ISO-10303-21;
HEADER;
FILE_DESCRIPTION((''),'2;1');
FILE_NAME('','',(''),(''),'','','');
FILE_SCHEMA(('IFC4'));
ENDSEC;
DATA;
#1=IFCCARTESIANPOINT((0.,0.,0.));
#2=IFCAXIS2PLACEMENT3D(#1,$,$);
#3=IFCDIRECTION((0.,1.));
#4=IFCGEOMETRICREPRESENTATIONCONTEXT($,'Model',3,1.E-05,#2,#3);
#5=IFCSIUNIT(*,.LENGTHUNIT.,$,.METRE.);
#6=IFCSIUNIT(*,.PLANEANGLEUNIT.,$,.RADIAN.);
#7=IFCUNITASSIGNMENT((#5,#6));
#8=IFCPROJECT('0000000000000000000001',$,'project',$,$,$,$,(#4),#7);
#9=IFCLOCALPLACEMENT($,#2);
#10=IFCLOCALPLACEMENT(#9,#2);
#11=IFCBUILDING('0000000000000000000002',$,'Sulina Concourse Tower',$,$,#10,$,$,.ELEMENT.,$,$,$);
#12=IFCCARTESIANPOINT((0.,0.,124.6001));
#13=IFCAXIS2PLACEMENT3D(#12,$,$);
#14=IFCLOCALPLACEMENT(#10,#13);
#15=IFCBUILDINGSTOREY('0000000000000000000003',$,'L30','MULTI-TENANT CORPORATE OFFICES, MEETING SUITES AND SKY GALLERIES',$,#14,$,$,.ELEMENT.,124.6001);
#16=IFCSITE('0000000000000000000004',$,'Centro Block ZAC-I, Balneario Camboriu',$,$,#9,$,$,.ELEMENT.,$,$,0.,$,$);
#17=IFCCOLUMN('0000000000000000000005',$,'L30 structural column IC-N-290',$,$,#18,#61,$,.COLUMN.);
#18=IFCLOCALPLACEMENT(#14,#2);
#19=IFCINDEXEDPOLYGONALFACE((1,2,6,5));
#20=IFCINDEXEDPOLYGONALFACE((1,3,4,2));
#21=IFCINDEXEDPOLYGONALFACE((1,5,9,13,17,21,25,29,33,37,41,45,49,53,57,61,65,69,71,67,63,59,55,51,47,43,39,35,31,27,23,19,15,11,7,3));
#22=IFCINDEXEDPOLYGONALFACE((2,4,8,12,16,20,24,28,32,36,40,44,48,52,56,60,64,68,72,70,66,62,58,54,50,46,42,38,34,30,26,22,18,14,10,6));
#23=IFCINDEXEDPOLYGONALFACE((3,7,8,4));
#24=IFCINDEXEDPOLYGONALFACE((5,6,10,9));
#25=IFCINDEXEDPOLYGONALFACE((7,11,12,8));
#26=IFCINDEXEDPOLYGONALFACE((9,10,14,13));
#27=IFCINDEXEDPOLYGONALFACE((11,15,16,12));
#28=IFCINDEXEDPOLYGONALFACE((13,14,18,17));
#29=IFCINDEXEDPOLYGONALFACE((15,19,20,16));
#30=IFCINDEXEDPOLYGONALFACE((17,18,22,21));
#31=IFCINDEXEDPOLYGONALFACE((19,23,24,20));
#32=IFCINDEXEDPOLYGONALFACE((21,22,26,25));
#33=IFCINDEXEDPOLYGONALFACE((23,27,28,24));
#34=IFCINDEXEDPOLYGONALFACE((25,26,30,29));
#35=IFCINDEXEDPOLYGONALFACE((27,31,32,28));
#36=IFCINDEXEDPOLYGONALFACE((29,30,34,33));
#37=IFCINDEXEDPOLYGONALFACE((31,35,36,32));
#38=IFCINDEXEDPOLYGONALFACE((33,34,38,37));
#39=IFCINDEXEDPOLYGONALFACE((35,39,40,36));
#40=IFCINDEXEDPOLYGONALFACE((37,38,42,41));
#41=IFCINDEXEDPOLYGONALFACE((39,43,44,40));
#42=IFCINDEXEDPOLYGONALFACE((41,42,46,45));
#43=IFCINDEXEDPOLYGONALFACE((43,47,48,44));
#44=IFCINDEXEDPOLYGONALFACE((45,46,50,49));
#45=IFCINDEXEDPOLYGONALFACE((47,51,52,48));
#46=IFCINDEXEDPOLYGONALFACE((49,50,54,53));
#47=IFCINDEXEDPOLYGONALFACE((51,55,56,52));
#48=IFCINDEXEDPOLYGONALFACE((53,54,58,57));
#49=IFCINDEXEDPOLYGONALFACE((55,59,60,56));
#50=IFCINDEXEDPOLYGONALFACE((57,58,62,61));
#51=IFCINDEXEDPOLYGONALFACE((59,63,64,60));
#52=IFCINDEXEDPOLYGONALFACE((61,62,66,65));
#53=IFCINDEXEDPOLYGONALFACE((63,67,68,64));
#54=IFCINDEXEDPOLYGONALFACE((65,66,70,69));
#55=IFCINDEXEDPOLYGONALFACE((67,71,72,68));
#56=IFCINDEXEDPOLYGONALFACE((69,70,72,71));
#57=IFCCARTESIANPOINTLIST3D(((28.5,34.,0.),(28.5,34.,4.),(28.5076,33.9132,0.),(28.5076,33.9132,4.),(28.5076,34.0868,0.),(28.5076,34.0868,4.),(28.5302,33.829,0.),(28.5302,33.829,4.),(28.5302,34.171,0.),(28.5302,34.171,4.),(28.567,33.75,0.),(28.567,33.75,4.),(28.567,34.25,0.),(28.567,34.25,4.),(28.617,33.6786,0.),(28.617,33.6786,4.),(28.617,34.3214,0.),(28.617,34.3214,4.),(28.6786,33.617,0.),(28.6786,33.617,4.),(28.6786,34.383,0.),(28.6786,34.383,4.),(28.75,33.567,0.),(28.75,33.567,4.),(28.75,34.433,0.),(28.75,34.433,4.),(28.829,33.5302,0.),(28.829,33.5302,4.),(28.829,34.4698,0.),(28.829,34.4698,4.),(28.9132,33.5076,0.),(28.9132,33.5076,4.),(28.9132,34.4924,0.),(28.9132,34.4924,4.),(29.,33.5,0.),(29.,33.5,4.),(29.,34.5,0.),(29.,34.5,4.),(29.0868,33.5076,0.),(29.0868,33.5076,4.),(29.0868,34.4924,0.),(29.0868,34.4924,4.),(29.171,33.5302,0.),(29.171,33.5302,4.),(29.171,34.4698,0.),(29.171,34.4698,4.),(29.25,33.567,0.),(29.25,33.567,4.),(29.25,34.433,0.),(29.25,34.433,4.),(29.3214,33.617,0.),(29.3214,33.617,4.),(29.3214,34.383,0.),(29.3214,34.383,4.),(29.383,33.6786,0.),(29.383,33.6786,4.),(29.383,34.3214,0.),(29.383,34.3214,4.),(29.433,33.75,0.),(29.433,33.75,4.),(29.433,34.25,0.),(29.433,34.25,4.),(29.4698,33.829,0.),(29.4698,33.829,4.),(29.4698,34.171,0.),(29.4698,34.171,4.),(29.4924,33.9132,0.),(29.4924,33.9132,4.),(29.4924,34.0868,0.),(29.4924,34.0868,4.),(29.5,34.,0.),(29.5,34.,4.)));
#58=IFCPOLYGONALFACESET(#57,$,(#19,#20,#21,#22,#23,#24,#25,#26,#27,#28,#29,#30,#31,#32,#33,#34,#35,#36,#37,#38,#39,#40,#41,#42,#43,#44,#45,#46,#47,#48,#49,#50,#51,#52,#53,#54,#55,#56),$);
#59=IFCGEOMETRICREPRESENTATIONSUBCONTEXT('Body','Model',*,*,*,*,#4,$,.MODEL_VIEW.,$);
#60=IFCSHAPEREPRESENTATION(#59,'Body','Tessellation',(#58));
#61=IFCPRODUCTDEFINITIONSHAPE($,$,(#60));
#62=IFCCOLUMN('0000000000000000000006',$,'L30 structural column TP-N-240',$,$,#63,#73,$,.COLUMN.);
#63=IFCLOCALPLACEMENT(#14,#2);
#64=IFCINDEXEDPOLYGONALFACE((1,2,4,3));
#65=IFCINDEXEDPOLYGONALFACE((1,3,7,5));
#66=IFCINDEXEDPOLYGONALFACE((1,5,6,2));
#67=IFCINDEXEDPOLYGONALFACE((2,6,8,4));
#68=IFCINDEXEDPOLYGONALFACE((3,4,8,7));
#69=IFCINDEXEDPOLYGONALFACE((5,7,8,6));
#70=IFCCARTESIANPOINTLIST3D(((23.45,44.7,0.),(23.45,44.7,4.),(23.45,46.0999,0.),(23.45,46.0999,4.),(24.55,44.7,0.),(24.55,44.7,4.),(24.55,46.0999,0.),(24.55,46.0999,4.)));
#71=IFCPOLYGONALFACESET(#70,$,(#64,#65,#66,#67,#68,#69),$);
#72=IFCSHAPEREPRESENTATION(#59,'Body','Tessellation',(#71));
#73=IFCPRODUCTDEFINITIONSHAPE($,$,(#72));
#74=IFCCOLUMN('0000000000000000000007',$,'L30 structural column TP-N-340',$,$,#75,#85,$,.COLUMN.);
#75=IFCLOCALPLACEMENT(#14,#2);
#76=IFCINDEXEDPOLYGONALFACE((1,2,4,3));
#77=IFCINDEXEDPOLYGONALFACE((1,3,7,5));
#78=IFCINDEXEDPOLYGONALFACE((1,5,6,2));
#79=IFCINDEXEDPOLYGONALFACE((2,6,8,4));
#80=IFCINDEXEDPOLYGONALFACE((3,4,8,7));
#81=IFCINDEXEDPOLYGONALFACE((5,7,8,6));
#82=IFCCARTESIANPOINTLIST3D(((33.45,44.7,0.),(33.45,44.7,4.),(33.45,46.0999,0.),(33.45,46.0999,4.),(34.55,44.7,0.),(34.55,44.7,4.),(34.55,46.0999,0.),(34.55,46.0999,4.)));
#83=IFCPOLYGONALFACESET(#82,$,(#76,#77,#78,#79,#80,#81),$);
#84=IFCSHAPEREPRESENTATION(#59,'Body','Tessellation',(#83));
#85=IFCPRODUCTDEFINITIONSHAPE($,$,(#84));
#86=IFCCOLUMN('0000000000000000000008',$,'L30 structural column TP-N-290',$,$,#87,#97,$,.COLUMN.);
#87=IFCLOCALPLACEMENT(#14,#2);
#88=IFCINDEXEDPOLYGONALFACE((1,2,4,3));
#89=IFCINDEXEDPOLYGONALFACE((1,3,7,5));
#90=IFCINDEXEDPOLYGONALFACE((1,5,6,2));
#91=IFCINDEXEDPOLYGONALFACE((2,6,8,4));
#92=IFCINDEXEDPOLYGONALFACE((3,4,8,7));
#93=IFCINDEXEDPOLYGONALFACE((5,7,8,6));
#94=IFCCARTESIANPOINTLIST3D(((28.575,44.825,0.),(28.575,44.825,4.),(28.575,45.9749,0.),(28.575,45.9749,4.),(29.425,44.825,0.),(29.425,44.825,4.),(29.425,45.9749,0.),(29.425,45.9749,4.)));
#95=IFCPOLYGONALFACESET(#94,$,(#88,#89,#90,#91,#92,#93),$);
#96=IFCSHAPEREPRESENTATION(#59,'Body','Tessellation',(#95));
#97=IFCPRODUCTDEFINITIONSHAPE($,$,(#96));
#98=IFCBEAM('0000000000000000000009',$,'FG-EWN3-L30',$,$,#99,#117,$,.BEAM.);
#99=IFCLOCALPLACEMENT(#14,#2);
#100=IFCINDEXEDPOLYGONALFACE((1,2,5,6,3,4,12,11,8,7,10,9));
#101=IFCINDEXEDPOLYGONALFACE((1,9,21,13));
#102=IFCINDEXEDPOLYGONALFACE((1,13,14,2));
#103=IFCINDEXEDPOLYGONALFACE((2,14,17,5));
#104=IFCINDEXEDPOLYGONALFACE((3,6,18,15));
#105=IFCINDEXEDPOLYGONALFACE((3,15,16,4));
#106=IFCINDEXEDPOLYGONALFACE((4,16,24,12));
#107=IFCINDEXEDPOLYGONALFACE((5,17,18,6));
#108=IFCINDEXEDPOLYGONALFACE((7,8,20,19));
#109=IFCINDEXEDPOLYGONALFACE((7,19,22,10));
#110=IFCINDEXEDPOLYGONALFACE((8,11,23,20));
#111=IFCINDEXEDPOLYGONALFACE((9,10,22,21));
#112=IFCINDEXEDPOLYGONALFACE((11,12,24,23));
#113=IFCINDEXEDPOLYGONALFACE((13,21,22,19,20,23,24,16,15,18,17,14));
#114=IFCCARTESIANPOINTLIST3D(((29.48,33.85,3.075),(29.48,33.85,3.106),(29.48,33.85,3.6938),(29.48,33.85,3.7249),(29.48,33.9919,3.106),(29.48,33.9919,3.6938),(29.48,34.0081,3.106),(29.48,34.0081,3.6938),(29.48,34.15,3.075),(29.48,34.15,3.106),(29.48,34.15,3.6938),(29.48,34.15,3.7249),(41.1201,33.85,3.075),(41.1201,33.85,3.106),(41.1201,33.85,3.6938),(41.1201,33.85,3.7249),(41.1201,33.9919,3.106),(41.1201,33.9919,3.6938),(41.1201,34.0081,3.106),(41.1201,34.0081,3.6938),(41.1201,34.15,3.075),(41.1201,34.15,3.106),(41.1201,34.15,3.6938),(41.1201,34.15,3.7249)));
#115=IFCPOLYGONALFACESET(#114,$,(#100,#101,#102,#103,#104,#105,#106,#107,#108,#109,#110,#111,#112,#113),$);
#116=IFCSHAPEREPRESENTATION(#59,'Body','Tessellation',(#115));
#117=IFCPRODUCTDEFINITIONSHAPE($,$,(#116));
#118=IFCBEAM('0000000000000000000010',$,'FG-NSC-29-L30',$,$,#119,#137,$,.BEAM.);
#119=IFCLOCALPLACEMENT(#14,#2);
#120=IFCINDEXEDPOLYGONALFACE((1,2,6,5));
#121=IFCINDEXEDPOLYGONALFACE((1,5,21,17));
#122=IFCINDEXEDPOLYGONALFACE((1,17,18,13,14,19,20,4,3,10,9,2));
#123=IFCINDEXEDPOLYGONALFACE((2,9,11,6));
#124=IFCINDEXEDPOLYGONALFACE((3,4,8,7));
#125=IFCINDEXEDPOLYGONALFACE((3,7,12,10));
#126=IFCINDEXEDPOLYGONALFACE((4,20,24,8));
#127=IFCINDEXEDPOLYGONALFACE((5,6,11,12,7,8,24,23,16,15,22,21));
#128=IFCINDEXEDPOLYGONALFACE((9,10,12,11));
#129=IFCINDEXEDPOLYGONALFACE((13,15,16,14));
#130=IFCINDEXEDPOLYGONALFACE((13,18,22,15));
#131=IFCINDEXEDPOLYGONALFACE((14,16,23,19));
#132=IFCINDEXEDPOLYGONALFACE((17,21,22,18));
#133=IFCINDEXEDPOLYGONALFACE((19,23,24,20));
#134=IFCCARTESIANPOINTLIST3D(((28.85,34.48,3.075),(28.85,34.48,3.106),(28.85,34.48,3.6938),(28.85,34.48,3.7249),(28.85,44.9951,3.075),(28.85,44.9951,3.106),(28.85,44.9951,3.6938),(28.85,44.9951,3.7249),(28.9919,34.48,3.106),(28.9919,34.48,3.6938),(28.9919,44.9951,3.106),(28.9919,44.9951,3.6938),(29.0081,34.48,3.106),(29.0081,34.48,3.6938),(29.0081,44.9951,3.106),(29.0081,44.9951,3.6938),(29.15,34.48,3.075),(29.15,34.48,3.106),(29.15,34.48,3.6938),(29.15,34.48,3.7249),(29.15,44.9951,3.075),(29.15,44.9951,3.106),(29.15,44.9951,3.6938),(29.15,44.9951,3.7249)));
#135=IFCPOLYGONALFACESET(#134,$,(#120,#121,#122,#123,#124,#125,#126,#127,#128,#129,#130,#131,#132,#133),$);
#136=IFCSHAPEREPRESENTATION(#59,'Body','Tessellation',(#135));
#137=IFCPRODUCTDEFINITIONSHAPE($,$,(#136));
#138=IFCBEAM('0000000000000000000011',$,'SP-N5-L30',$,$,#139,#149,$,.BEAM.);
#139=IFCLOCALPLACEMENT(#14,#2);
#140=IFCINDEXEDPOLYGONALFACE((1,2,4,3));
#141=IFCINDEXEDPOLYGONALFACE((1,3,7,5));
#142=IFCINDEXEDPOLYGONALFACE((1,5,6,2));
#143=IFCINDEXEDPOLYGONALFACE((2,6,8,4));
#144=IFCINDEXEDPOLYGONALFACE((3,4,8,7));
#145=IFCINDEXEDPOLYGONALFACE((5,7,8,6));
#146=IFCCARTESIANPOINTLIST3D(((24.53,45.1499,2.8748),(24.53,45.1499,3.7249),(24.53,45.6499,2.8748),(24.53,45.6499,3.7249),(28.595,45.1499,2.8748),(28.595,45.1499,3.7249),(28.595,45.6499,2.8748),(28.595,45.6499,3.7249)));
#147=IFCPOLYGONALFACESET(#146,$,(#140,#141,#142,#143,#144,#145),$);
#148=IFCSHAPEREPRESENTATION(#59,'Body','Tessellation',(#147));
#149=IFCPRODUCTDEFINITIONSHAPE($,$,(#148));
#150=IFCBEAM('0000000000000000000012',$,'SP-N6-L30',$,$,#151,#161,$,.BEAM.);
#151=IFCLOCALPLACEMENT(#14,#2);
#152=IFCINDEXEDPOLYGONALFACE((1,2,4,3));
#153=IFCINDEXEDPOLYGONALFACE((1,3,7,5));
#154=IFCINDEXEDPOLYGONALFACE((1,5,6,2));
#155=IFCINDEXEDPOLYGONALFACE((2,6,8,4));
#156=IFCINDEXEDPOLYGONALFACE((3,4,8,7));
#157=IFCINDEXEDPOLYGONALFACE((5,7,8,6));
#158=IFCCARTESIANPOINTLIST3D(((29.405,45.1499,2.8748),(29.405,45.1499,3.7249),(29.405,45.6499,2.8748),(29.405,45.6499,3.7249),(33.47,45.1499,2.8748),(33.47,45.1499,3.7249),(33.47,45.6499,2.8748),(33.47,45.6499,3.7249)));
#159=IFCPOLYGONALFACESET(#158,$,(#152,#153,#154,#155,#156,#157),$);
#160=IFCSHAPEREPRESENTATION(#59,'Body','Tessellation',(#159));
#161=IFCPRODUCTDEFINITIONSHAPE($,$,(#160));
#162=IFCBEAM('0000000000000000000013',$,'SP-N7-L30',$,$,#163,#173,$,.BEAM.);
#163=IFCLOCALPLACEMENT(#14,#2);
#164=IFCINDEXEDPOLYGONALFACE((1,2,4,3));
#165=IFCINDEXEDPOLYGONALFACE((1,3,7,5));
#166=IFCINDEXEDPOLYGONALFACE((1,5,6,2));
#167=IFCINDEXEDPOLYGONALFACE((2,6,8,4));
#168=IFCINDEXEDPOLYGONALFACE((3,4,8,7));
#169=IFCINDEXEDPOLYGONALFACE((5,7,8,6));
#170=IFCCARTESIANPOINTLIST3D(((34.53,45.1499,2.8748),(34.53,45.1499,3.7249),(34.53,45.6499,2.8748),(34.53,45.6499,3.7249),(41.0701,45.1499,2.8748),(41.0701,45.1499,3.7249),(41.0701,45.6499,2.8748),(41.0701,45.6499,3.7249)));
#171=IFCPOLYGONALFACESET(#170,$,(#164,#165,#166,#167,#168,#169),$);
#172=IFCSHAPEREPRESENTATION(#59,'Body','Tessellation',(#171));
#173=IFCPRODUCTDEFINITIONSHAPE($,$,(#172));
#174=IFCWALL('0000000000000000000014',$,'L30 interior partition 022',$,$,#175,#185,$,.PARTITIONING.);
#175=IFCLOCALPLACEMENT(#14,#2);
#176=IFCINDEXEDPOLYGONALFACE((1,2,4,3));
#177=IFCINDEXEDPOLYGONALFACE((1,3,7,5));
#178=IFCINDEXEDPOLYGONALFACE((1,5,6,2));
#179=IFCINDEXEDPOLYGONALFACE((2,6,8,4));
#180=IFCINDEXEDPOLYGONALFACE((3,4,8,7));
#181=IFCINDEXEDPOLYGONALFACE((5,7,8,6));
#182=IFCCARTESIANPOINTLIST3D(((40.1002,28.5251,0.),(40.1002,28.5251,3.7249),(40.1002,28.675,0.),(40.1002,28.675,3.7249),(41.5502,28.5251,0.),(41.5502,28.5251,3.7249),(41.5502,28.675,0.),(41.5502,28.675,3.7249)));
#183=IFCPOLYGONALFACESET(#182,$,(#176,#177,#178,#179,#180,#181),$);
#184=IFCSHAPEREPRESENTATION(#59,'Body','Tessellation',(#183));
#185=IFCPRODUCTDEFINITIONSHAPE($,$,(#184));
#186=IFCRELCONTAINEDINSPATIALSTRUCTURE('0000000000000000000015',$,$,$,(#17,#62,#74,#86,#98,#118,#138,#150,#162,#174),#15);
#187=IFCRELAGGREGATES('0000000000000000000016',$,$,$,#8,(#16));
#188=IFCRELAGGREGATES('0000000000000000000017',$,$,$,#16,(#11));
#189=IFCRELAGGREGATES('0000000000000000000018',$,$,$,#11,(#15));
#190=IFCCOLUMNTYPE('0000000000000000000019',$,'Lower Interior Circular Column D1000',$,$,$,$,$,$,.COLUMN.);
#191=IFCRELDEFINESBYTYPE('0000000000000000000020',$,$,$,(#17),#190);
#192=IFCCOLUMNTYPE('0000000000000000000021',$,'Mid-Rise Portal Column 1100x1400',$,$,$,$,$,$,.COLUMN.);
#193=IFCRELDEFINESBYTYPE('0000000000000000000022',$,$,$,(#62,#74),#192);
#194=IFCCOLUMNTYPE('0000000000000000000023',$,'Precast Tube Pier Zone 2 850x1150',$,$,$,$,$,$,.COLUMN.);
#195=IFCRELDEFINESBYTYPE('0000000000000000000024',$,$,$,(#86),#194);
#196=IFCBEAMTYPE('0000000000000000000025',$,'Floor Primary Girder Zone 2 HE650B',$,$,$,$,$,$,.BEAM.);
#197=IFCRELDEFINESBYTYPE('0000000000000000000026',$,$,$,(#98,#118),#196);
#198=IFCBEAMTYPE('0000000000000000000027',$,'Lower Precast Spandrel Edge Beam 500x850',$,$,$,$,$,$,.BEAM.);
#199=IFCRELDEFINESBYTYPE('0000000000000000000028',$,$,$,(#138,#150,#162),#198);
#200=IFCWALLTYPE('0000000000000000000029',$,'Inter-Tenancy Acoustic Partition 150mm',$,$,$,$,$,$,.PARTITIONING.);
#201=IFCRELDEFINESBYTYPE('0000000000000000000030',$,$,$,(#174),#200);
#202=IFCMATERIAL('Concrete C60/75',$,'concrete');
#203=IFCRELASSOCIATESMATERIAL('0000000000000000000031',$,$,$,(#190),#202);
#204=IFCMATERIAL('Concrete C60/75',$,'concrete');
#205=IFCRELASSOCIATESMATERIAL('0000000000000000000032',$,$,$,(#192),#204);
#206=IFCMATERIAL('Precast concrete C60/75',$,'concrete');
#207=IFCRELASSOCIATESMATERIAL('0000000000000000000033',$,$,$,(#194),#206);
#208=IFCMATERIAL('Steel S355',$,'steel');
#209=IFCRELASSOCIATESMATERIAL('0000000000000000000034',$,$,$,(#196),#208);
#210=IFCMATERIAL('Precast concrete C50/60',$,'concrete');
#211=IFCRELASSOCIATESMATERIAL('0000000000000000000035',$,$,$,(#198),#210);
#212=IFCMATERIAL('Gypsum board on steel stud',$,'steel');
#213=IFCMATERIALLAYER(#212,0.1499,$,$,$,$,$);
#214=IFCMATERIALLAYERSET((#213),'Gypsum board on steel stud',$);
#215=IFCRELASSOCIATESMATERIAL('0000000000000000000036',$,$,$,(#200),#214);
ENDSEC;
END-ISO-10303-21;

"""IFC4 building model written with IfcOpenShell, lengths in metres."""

from ifc_helpers import new_model, si_unit, direction, frame, frame_2d, origin, origin_2d, place, context, subcontext, project, spatial, rectangle, circle, i_section, extrude, material, layer, layer_set, material_profile, profile_set, type_object, element, save


model = new_model("IFC4")

# Units and contexts
model_context = context("Model", 3, precision=1e-05, world=origin(), true_north=direction((0.0, 1.0)))
body_context = subcontext(model_context, "Body", "Model", "MODEL_VIEW")
ifc_project = project(units=[si_unit("LENGTHUNIT", "METRE"), si_unit("PLANEANGLEUNIT", "RADIAN")], contexts=[model_context])

# Site, building, storey
site_placement = place(None, origin())
site = spatial("IfcSite", under=ifc_project, at=site_placement, Name="Centro Block ZAC-I, Balneario Camboriu", CompositionType="ELEMENT", RefElevation=0.0)
building_placement = place(site_placement, origin())
building = spatial("IfcBuilding", under=site, at=building_placement, Name="Sulina Concourse Tower", CompositionType="ELEMENT")
storey_placement = place(building_placement, frame((0.0, 0.0, 124.6001)))
storey = spatial("IfcBuildingStorey", under=building, at=storey_placement, Name="L30", Description="MULTI-TENANT CORPORATE OFFICES, MEETING SUITES AND SKY GALLERIES", CompositionType="ELEMENT", Elevation=124.6001)

# Columns
ifc_material_1 = material(Name="Concrete C60/75", Category="concrete")
ifc_material_profile_1 = material_profile(ifc_material_1, circle(Radius=0.5, at=origin_2d()), Name="RC D1000")
ifc_profile_set_1 = profile_set([ifc_material_profile_1], Name="Concrete C60/75")
column_type_1 = type_object("IfcColumnType", Name="Lower Interior Circular Column D1000", PredefinedType="COLUMN", material=ifc_profile_set_1)
column_1_placement = place(storey_placement, frame((29.0, 34.0, 0.0), z_axis=(0.0, 0.0, 1.0), x_axis=(1.0, 0.0, 0.0)))
element("IfcColumn", 1, at=column_1_placement, inside=storey, type_object=column_type_1, Name="L30 structural column IC-N-290", PredefinedType="COLUMN", context=body_context, shape_type="SweptSolid", body=[
    extrude(circle(Radius=0.5, at=origin_2d()), origin(), (0.0, 0.0, 1.0), 4.0),
])
ifc_material_2 = material(Name="Concrete C60/75", Category="concrete")
ifc_material_profile_2 = material_profile(ifc_material_2, rectangle(XDim=1.1001, YDim=1.3999, at=origin_2d()), Name="RC 1100x1400")
ifc_profile_set_2 = profile_set([ifc_material_profile_2], Name="Concrete C60/75")
column_type_2 = type_object("IfcColumnType", Name="Mid-Rise Portal Column 1100x1400", PredefinedType="COLUMN", material=ifc_profile_set_2)
for number, where, z_axis, x_axis, name in (
    (2, (24.0, 45.3999, 0.0), (0.0, 0.0, 1.0), (1.0, 0.0, 0.0), "L30 structural column TP-N-240"),
    (3, (34.0, 45.3999, 0.0), (0.0, 0.0, 1.0), (1.0, 0.0, 0.0), "L30 structural column TP-N-340"),
):
    element("IfcColumn", number, at=place(storey_placement, frame(where, z_axis=z_axis, x_axis=x_axis)), inside=storey, type_object=column_type_2, Name=name, PredefinedType="COLUMN", context=body_context, shape_type="SweptSolid", body=[
        extrude(rectangle(XDim=1.1001, YDim=1.3999, at=origin_2d()), origin(), (0.0, 0.0, 1.0), 4.0),
    ])
ifc_material_3 = material(Name="Precast concrete C60/75", Category="concrete")
ifc_material_profile_3 = material_profile(ifc_material_3, rectangle(XDim=0.8501, YDim=1.1499, at=origin_2d()), Name="PC 850x1150")
ifc_profile_set_3 = profile_set([ifc_material_profile_3], Name="Precast concrete C60/75")
column_type_3 = type_object("IfcColumnType", Name="Precast Tube Pier Zone 2 850x1150", PredefinedType="COLUMN", material=ifc_profile_set_3)
column_2_placement = place(storey_placement, frame((29.0, 45.3999, 0.0), z_axis=(0.0, 0.0, 1.0), x_axis=(1.0, 0.0, 0.0)))
element("IfcColumn", 4, at=column_2_placement, inside=storey, type_object=column_type_3, Name="L30 structural column TP-N-290", PredefinedType="COLUMN", context=body_context, shape_type="SweptSolid", body=[
    extrude(rectangle(XDim=0.8501, YDim=1.1499, at=origin_2d()), origin(), (0.0, 0.0, 1.0), 4.0),
])

# Beams
ifc_material_4 = material(Name="Steel S355", Category="steel")
ifc_material_profile_4 = material_profile(ifc_material_4, i_section(OverallWidth=0.3, OverallDepth=0.6499, WebThickness=0.0161, FlangeThickness=0.031, at=origin_2d()), Name="HE 650 B")
ifc_profile_set_4 = profile_set([ifc_material_profile_4], Name="Steel S355")
beam_type_1 = type_object("IfcBeamType", Name="Floor Primary Girder Zone 2 HE650B", PredefinedType="BEAM", material=ifc_profile_set_4)
beam_1_placement = place(storey_placement, frame((29.48, 34.0, 3.3999), z_axis=(1.0, 0.0, 0.0), x_axis=(0.0, 1.0, 0.0)))
element("IfcBeam", 5, at=beam_1_placement, inside=storey, type_object=beam_type_1, Name="FG-EWN3-L30", PredefinedType="BEAM", context=body_context, shape_type="SweptSolid", body=[
    extrude(i_section(OverallWidth=0.3, OverallDepth=0.6499, WebThickness=0.0161, FlangeThickness=0.031, at=origin_2d()), origin(), (0.0, 0.0, 1.0), 11.6401),
])
beam_2_placement = place(storey_placement, frame((29.0, 34.48, 3.3999), z_axis=(0.0, 1.0, 0.0), x_axis=(-1.0, 0.0, 0.0)))
element("IfcBeam", 6, at=beam_2_placement, inside=storey, type_object=beam_type_1, Name="FG-NSC-29-L30", PredefinedType="BEAM", context=body_context, shape_type="SweptSolid", body=[
    extrude(i_section(OverallWidth=0.3, OverallDepth=0.6499, WebThickness=0.0161, FlangeThickness=0.031, at=origin_2d()), origin(), (0.0, 0.0, 1.0), 10.5151),
])
ifc_material_5 = material(Name="Precast concrete C50/60", Category="concrete")
ifc_material_profile_5 = material_profile(ifc_material_5, rectangle(XDim=0.5, YDim=0.8501, at=origin_2d()), Name="RC 500x850")
ifc_profile_set_5 = profile_set([ifc_material_profile_5], Name="Precast concrete C50/60")
beam_type_2 = type_object("IfcBeamType", Name="Lower Precast Spandrel Edge Beam 500x850", PredefinedType="BEAM", material=ifc_profile_set_5)
for number, where, z_axis, x_axis, name in (
    (7, (24.53, 45.3999, 3.2998), (1.0, 0.0, 0.0), (0.0, 1.0, 0.0), "SP-N5-L30"),
    (8, (29.405, 45.3999, 3.2998), (1.0, 0.0, 0.0), (0.0, 1.0, 0.0), "SP-N6-L30"),
):
    element("IfcBeam", number, at=place(storey_placement, frame(where, z_axis=z_axis, x_axis=x_axis)), inside=storey, type_object=beam_type_2, Name=name, PredefinedType="BEAM", context=body_context, shape_type="SweptSolid", body=[
        extrude(rectangle(XDim=0.5, YDim=0.8501, at=origin_2d()), origin(), (0.0, 0.0, 1.0), 4.0649),
    ])
beam_3_placement = place(storey_placement, frame((34.53, 45.3999, 3.2998), z_axis=(1.0, 0.0, 0.0), x_axis=(0.0, 1.0, 0.0)))
element("IfcBeam", 9, at=beam_3_placement, inside=storey, type_object=beam_type_2, Name="SP-N7-L30", PredefinedType="BEAM", context=body_context, shape_type="SweptSolid", body=[
    extrude(rectangle(XDim=0.5, YDim=0.8501, at=origin_2d()), origin(), (0.0, 0.0, 1.0), 6.54),
])

# Wall
ifc_material_6 = material(Name="Gypsum board on steel stud", Category="steel")
ifc_layer_1 = layer(ifc_material_6, 0.1499)
ifc_layer_set_1 = layer_set([ifc_layer_1], Name="Gypsum board on steel stud")
wall_type_1 = type_object("IfcWallType", Name="Inter-Tenancy Acoustic Partition 150mm", PredefinedType="PARTITIONING", material=ifc_layer_set_1)
wall_1_placement = place(storey_placement, frame((40.1001, 28.6001, 0.0), z_axis=(0.0, 0.0, 1.0), x_axis=(1.0, 0.0, 0.0)))
element("IfcWall", 10, at=wall_1_placement, inside=storey, type_object=wall_type_1, Name="L30 interior partition 022", PredefinedType="PARTITIONING", context=body_context, shape_type="SweptSolid", body=[
    extrude(rectangle(XDim=1.45, YDim=0.1499, at=frame_2d((0.7251, 0.0))), origin(), (0.0, 0.0, 1.0), 3.7249),
])

save(model, "model.ifc")
